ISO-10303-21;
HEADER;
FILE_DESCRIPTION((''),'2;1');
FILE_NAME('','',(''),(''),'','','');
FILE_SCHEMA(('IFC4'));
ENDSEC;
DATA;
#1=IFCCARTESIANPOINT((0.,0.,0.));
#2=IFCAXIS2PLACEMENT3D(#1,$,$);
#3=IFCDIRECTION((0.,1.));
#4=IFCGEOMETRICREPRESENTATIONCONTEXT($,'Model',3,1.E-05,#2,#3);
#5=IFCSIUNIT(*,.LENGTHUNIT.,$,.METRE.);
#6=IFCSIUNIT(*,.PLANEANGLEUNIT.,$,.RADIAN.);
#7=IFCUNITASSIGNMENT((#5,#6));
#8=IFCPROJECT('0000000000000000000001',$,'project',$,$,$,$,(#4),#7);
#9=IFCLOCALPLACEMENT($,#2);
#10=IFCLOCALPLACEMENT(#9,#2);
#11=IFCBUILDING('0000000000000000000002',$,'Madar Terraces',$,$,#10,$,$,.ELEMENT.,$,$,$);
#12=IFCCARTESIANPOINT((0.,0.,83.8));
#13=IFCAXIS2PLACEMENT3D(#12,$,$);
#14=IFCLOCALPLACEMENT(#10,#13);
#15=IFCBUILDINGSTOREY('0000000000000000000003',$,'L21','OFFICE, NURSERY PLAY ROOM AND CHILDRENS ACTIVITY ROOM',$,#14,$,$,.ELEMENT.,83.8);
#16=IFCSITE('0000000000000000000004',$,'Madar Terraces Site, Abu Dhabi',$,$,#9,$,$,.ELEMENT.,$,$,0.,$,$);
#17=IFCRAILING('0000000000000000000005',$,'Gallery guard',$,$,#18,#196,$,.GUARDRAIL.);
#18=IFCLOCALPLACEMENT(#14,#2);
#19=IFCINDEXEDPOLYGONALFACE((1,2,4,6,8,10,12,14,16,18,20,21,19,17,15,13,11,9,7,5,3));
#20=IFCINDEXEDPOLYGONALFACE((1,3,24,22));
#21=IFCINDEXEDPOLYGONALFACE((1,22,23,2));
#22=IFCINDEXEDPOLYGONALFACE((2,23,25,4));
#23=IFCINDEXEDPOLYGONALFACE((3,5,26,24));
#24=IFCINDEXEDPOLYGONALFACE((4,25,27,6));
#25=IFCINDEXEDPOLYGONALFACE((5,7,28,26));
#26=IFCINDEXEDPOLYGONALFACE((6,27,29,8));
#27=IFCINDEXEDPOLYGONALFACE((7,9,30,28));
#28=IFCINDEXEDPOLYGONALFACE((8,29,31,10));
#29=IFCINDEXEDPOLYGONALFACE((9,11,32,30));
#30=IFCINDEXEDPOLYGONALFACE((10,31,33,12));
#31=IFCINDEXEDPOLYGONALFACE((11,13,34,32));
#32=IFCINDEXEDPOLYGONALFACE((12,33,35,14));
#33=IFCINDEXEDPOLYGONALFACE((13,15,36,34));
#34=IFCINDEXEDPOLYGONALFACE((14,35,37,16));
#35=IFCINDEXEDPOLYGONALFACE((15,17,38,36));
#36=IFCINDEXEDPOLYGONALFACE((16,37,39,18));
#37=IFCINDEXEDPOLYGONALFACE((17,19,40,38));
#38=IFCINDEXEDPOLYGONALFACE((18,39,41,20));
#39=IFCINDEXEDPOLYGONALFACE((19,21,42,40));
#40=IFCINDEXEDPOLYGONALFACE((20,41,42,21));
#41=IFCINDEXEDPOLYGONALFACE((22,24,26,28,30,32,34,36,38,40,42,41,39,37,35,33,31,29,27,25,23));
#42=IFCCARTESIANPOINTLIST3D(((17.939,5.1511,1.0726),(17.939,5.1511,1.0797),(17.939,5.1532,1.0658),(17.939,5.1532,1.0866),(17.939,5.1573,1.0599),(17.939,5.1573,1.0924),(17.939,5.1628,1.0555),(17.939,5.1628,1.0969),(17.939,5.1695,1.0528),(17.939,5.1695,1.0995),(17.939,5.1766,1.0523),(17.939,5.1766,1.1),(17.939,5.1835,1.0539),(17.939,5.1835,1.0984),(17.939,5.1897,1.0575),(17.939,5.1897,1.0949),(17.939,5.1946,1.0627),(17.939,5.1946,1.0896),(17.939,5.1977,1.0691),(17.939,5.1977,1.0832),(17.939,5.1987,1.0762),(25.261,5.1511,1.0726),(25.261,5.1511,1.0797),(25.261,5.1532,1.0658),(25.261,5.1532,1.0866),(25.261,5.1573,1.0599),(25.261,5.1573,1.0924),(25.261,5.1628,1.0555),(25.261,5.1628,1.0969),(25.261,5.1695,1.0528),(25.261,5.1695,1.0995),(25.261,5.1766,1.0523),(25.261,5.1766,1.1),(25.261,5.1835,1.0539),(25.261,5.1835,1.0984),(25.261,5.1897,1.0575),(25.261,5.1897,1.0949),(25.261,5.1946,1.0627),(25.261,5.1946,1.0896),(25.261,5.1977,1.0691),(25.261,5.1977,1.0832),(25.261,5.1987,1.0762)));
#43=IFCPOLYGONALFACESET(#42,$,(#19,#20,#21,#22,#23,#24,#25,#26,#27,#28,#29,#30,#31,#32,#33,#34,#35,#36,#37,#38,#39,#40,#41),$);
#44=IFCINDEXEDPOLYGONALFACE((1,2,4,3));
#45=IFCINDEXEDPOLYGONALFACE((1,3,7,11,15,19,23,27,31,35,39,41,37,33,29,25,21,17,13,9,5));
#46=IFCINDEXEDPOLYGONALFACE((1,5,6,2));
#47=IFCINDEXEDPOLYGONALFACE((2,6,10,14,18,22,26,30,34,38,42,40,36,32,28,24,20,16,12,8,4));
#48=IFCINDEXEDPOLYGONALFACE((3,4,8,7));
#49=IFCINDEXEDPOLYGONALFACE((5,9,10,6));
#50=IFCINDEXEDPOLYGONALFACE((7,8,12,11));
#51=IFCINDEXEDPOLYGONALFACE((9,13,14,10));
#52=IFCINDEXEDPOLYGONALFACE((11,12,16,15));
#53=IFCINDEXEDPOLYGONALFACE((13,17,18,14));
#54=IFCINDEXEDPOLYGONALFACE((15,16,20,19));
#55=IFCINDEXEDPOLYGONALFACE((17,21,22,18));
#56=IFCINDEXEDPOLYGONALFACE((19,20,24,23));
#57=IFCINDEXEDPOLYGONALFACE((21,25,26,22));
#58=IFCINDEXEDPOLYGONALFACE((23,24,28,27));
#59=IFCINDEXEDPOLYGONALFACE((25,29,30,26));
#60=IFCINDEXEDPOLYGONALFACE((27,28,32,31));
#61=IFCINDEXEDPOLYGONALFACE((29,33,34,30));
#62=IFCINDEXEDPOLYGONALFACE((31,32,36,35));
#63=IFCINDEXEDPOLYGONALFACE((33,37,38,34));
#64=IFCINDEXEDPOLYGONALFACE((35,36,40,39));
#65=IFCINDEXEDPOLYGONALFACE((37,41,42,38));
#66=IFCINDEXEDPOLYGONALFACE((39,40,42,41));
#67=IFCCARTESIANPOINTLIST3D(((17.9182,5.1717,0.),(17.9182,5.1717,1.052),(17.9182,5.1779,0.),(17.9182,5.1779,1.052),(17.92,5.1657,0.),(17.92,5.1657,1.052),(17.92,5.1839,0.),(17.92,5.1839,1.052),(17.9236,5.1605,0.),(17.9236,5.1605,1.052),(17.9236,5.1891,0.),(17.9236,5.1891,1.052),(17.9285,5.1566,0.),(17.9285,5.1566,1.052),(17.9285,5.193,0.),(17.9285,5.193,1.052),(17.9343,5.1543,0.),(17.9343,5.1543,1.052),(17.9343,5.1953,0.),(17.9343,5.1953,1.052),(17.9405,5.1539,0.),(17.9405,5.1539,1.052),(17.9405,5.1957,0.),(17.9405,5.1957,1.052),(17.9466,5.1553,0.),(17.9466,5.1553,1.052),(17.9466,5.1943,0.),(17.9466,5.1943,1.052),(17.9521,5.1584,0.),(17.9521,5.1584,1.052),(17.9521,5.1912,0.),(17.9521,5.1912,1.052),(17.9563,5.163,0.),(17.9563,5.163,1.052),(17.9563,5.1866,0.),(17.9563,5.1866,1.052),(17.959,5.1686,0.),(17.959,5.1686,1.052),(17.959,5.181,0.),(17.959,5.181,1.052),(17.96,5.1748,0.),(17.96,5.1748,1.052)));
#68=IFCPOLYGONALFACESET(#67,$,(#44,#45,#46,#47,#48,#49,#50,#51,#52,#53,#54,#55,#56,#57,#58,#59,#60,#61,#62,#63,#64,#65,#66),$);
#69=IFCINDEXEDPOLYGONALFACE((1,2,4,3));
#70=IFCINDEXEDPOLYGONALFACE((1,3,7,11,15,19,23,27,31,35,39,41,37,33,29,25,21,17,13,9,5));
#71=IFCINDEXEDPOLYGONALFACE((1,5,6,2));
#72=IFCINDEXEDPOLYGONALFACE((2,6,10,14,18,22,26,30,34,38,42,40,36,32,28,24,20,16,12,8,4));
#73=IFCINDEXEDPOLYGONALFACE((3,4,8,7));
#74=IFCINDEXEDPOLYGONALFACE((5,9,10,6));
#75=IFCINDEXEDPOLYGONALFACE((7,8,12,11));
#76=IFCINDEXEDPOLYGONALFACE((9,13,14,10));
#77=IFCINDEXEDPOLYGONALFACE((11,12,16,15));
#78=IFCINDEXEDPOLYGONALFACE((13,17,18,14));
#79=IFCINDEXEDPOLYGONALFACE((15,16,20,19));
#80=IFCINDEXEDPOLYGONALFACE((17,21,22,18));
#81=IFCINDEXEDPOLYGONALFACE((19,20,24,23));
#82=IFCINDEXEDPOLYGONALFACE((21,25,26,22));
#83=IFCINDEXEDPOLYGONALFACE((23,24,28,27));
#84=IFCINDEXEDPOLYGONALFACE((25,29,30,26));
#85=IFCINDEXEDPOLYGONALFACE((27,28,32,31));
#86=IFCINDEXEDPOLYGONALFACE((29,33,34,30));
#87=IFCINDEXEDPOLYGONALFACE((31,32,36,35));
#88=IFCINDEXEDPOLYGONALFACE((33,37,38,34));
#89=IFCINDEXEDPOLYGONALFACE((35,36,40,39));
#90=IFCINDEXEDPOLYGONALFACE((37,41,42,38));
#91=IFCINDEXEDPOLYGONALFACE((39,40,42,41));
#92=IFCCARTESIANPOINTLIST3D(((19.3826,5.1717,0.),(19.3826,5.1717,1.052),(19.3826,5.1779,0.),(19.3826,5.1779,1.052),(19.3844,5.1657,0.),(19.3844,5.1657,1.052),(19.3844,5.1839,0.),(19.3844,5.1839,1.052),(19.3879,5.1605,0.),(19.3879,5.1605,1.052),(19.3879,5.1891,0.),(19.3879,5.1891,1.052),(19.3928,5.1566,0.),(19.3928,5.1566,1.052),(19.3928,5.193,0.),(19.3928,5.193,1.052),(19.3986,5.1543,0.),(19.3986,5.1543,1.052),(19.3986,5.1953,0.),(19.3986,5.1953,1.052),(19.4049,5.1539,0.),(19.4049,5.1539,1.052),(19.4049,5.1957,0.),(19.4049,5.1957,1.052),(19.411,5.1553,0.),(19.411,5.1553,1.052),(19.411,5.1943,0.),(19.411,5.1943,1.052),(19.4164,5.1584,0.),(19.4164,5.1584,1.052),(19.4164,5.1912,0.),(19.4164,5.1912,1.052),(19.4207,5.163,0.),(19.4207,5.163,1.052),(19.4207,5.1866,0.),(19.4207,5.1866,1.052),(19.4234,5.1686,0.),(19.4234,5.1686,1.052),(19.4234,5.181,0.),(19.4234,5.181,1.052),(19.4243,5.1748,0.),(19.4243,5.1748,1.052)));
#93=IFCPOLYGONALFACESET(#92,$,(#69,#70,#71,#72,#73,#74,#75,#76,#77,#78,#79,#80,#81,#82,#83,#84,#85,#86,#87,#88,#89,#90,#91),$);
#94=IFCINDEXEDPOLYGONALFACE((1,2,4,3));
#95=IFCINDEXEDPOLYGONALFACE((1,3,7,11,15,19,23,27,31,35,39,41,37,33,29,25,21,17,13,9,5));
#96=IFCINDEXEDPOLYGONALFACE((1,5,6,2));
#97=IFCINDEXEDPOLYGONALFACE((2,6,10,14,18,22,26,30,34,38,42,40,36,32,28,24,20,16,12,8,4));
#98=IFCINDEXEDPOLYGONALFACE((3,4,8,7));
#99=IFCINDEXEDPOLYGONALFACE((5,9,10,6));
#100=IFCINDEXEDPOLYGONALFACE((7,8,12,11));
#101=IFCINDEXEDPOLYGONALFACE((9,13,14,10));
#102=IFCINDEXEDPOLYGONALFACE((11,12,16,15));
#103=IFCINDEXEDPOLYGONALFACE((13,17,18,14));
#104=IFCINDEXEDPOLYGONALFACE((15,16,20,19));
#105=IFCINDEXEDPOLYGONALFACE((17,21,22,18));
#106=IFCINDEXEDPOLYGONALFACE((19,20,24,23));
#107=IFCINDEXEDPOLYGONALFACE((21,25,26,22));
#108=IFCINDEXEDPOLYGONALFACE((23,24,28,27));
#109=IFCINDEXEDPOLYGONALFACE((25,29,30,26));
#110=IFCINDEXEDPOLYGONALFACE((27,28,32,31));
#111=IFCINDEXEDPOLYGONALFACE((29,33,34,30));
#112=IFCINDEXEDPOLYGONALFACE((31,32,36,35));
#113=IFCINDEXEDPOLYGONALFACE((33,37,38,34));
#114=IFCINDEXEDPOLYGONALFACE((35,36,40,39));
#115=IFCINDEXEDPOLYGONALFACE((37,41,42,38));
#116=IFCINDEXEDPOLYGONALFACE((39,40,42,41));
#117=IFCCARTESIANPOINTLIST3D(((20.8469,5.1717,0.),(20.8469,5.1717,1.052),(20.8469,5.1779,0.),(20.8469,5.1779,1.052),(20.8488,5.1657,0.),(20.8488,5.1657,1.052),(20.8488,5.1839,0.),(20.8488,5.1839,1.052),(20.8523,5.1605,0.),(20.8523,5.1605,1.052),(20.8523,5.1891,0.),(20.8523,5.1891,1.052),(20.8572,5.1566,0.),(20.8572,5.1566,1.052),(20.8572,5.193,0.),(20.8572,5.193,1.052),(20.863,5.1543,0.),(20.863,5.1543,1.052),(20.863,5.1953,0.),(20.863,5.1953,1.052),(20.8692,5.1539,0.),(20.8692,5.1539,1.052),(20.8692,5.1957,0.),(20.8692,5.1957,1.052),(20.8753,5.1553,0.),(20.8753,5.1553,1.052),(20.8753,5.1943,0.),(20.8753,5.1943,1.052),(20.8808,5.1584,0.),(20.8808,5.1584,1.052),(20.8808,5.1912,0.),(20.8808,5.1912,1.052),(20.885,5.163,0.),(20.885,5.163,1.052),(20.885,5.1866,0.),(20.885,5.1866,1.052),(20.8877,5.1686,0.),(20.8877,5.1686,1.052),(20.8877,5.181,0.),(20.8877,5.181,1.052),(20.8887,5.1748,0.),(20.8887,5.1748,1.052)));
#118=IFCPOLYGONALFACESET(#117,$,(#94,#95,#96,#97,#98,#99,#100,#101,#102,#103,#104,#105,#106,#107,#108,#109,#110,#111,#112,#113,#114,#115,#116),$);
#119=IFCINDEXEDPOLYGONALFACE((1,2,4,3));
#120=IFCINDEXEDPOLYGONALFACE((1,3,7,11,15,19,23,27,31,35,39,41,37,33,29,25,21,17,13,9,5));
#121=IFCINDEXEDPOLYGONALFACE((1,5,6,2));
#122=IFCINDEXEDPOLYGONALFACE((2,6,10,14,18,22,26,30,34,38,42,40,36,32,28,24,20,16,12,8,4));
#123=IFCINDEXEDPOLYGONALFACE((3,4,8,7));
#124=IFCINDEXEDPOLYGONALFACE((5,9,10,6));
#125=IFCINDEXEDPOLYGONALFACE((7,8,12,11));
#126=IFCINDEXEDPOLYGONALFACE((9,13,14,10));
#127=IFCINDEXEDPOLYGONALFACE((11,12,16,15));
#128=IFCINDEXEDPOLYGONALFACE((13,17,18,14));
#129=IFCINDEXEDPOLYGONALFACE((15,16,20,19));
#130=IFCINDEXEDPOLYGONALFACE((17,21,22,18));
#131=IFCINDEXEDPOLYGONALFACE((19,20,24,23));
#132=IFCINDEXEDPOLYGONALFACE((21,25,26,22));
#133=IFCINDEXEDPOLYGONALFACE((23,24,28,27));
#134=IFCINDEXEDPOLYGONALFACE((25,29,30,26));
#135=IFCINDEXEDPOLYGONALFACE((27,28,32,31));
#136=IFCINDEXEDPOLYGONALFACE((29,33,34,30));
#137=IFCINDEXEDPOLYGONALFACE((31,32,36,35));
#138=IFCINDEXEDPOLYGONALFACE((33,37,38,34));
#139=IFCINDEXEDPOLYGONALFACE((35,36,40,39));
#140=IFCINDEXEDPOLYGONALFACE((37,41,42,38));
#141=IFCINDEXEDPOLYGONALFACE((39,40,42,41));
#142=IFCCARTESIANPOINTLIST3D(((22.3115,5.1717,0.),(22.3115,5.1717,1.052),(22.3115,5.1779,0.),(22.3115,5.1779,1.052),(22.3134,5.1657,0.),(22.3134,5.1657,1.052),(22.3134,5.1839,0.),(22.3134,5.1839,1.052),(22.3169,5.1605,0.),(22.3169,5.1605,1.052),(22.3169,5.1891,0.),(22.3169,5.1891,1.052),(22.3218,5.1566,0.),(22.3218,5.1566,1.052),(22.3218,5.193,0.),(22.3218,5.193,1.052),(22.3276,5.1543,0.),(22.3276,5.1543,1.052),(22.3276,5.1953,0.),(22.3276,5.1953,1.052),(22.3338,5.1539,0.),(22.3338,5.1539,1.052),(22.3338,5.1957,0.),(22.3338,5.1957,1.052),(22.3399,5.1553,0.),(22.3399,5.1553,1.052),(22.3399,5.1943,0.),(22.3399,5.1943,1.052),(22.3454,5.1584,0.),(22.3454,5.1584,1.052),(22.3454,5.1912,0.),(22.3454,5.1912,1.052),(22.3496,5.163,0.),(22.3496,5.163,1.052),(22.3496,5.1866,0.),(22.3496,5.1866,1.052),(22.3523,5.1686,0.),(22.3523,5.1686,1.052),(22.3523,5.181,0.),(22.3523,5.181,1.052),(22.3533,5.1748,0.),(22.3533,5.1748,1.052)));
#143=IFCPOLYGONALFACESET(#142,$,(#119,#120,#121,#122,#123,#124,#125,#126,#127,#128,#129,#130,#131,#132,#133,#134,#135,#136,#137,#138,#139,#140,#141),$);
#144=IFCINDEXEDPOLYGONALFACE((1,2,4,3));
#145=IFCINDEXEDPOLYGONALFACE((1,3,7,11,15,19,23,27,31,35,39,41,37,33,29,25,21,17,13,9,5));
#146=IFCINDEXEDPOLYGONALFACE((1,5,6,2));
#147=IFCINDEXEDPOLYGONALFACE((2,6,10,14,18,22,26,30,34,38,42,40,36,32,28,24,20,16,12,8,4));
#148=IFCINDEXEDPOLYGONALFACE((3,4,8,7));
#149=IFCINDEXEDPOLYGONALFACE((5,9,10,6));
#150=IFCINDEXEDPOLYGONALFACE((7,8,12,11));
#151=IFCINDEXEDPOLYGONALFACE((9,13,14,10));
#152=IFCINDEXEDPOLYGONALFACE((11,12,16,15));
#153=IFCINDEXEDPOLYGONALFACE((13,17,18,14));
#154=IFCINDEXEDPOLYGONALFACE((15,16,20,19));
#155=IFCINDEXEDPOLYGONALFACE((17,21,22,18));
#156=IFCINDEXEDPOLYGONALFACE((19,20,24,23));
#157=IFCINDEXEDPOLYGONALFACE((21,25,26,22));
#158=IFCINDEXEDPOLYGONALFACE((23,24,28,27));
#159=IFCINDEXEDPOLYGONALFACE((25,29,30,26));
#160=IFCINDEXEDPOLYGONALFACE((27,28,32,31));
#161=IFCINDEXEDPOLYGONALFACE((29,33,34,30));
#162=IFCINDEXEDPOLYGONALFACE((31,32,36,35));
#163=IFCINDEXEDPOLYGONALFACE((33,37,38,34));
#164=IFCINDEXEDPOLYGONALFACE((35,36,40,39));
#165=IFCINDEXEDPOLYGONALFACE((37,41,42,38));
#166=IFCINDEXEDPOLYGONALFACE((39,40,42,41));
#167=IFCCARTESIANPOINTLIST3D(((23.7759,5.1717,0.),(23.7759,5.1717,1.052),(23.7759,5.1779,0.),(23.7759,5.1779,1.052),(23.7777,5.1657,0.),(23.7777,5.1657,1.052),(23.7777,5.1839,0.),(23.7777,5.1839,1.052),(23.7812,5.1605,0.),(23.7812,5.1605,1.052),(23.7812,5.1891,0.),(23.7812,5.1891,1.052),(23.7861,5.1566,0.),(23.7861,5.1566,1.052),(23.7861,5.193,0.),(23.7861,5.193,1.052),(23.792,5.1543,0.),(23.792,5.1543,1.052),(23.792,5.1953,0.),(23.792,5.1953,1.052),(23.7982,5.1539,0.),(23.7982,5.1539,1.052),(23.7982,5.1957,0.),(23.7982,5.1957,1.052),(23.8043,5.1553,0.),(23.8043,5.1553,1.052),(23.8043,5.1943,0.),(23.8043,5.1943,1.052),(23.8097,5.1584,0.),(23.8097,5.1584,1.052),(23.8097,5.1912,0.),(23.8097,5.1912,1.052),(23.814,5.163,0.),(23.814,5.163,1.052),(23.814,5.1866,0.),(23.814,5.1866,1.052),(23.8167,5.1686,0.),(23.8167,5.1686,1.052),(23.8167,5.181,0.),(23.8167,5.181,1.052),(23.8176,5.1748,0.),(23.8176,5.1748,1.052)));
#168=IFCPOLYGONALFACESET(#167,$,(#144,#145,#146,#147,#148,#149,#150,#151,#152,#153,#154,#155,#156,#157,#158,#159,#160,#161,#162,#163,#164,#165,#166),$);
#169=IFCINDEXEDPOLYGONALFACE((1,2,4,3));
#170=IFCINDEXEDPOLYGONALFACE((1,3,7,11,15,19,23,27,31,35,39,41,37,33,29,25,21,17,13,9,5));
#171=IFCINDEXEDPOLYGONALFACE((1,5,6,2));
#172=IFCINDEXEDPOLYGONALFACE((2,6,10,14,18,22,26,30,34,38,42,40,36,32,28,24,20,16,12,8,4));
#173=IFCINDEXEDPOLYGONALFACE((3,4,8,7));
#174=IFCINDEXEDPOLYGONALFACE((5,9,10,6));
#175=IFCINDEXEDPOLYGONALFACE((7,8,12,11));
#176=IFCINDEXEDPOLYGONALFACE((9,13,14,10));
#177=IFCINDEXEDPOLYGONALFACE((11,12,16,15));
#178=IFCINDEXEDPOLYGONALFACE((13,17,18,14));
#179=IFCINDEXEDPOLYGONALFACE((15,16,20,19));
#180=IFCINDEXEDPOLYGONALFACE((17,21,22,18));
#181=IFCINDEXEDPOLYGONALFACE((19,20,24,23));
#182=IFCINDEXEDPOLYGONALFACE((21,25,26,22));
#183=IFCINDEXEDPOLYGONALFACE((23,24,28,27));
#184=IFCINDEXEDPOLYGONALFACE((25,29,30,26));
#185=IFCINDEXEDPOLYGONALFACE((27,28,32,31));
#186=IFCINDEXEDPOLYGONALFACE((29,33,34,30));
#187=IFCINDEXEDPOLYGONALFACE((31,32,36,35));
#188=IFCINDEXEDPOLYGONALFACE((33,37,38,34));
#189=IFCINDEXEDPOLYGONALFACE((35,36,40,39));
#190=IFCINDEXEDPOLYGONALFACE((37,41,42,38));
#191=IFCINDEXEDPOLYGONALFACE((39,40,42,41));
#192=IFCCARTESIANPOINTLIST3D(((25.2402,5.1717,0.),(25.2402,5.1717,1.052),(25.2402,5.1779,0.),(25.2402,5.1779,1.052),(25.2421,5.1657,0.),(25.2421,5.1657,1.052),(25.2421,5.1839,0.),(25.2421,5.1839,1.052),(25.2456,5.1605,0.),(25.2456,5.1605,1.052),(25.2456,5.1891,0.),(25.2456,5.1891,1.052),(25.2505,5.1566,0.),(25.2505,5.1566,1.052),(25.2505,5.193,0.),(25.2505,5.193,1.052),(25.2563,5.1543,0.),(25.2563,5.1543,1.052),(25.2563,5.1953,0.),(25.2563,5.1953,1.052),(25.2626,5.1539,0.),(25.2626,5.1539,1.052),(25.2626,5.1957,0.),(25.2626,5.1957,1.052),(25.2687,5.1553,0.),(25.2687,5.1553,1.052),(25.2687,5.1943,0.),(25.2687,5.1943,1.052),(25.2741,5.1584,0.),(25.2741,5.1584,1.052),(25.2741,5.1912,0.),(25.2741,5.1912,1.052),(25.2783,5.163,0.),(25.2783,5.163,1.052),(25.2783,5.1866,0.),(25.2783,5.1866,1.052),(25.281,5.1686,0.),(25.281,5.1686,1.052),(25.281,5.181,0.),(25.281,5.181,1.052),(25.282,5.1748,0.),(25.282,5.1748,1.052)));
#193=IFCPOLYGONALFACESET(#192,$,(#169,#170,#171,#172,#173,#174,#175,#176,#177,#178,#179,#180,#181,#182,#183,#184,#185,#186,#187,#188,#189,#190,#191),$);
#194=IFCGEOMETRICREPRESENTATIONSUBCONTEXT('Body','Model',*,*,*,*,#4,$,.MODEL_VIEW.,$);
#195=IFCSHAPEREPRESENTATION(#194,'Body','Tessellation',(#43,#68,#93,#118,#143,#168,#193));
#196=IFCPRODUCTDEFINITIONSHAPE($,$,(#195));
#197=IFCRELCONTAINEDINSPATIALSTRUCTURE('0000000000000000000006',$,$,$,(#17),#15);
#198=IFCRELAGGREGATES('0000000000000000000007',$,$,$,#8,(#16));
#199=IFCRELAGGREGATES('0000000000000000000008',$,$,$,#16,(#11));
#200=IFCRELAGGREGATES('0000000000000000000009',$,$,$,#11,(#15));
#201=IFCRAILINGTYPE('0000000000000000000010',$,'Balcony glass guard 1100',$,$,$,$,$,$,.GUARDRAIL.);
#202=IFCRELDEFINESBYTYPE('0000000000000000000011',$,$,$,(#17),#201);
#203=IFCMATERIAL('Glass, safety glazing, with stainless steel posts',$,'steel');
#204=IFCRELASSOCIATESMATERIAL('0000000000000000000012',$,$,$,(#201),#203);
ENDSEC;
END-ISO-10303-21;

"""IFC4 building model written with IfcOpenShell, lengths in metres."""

from ifc_helpers import new_model, si_unit, direction, frame, origin, origin_2d, place, context, subcontext, project, spatial, circle, extrude, material, type_object, element, save


model = new_model("IFC4")

# Units and contexts
model_context = context("Model", 3, precision=1e-05, world=origin(), true_north=direction((0.0, 1.0)))
body_context = subcontext(model_context, "Body", "Model", "MODEL_VIEW")
ifc_project = project(units=[si_unit("LENGTHUNIT", "METRE"), si_unit("PLANEANGLEUNIT", "RADIAN")], contexts=[model_context])

# Site, building, storey
site_placement = place(None, origin())
site = spatial("IfcSite", under=ifc_project, at=site_placement, Name="Madar Terraces Site, Abu Dhabi", CompositionType="ELEMENT", RefElevation=0.0)
building_placement = place(site_placement, origin())
building = spatial("IfcBuilding", under=site, at=building_placement, Name="Madar Terraces", CompositionType="ELEMENT")
storey_placement = place(building_placement, frame((0.0, 0.0, 83.8)))
storey = spatial("IfcBuildingStorey", under=building, at=storey_placement, Name="L21", Description="OFFICE, NURSERY PLAY ROOM AND CHILDRENS ACTIVITY ROOM", CompositionType="ELEMENT", Elevation=83.8)

# Railing
ifc_material_1 = material(Name="Glass, safety glazing, with stainless steel posts", Category="steel")
railing_type = type_object("IfcRailingType", Name="Balcony glass guard 1100", PredefinedType="GUARDRAIL", material=ifc_material_1)
railing_1_placement = place(storey_placement, frame((17.939, 5.1748, 0.0)))
element("IfcRailing", 1, at=railing_1_placement, inside=storey, type_object=railing_type, Name="Gallery guard", PredefinedType="GUARDRAIL", context=body_context, shape_type="SweptSolid", body=[
    extrude(circle(Radius=0.0239, at=origin_2d()), frame((0.0, 0.0, 1.0762), z_axis=(1.0, 0.0, 0.0), x_axis=(0.0, 1.0, 0.0)), (0.0, 0.0, 1.0), 7.322),
    extrude(circle(Radius=0.021, at=origin_2d()), origin(), (0.0, 0.0, 1.0), 1.052),
    extrude(circle(Radius=0.021, at=origin_2d()), frame((1.4644, 0.0, 0.0)), (0.0, 0.0, 1.0), 1.052),
    extrude(circle(Radius=0.021, at=origin_2d()), frame((2.9287, 0.0, 0.0)), (0.0, 0.0, 1.0), 1.052),
    extrude(circle(Radius=0.021, at=origin_2d()), frame((4.3933, 0.0, 0.0)), (0.0, 0.0, 1.0), 1.052),
    extrude(circle(Radius=0.021, at=origin_2d()), frame((5.8577, 0.0, 0.0)), (0.0, 0.0, 1.0), 1.052),
    extrude(circle(Radius=0.021, at=origin_2d()), frame((7.322, 0.0, 0.0)), (0.0, 0.0, 1.0), 1.052),
])

save(model, "model.ifc")
